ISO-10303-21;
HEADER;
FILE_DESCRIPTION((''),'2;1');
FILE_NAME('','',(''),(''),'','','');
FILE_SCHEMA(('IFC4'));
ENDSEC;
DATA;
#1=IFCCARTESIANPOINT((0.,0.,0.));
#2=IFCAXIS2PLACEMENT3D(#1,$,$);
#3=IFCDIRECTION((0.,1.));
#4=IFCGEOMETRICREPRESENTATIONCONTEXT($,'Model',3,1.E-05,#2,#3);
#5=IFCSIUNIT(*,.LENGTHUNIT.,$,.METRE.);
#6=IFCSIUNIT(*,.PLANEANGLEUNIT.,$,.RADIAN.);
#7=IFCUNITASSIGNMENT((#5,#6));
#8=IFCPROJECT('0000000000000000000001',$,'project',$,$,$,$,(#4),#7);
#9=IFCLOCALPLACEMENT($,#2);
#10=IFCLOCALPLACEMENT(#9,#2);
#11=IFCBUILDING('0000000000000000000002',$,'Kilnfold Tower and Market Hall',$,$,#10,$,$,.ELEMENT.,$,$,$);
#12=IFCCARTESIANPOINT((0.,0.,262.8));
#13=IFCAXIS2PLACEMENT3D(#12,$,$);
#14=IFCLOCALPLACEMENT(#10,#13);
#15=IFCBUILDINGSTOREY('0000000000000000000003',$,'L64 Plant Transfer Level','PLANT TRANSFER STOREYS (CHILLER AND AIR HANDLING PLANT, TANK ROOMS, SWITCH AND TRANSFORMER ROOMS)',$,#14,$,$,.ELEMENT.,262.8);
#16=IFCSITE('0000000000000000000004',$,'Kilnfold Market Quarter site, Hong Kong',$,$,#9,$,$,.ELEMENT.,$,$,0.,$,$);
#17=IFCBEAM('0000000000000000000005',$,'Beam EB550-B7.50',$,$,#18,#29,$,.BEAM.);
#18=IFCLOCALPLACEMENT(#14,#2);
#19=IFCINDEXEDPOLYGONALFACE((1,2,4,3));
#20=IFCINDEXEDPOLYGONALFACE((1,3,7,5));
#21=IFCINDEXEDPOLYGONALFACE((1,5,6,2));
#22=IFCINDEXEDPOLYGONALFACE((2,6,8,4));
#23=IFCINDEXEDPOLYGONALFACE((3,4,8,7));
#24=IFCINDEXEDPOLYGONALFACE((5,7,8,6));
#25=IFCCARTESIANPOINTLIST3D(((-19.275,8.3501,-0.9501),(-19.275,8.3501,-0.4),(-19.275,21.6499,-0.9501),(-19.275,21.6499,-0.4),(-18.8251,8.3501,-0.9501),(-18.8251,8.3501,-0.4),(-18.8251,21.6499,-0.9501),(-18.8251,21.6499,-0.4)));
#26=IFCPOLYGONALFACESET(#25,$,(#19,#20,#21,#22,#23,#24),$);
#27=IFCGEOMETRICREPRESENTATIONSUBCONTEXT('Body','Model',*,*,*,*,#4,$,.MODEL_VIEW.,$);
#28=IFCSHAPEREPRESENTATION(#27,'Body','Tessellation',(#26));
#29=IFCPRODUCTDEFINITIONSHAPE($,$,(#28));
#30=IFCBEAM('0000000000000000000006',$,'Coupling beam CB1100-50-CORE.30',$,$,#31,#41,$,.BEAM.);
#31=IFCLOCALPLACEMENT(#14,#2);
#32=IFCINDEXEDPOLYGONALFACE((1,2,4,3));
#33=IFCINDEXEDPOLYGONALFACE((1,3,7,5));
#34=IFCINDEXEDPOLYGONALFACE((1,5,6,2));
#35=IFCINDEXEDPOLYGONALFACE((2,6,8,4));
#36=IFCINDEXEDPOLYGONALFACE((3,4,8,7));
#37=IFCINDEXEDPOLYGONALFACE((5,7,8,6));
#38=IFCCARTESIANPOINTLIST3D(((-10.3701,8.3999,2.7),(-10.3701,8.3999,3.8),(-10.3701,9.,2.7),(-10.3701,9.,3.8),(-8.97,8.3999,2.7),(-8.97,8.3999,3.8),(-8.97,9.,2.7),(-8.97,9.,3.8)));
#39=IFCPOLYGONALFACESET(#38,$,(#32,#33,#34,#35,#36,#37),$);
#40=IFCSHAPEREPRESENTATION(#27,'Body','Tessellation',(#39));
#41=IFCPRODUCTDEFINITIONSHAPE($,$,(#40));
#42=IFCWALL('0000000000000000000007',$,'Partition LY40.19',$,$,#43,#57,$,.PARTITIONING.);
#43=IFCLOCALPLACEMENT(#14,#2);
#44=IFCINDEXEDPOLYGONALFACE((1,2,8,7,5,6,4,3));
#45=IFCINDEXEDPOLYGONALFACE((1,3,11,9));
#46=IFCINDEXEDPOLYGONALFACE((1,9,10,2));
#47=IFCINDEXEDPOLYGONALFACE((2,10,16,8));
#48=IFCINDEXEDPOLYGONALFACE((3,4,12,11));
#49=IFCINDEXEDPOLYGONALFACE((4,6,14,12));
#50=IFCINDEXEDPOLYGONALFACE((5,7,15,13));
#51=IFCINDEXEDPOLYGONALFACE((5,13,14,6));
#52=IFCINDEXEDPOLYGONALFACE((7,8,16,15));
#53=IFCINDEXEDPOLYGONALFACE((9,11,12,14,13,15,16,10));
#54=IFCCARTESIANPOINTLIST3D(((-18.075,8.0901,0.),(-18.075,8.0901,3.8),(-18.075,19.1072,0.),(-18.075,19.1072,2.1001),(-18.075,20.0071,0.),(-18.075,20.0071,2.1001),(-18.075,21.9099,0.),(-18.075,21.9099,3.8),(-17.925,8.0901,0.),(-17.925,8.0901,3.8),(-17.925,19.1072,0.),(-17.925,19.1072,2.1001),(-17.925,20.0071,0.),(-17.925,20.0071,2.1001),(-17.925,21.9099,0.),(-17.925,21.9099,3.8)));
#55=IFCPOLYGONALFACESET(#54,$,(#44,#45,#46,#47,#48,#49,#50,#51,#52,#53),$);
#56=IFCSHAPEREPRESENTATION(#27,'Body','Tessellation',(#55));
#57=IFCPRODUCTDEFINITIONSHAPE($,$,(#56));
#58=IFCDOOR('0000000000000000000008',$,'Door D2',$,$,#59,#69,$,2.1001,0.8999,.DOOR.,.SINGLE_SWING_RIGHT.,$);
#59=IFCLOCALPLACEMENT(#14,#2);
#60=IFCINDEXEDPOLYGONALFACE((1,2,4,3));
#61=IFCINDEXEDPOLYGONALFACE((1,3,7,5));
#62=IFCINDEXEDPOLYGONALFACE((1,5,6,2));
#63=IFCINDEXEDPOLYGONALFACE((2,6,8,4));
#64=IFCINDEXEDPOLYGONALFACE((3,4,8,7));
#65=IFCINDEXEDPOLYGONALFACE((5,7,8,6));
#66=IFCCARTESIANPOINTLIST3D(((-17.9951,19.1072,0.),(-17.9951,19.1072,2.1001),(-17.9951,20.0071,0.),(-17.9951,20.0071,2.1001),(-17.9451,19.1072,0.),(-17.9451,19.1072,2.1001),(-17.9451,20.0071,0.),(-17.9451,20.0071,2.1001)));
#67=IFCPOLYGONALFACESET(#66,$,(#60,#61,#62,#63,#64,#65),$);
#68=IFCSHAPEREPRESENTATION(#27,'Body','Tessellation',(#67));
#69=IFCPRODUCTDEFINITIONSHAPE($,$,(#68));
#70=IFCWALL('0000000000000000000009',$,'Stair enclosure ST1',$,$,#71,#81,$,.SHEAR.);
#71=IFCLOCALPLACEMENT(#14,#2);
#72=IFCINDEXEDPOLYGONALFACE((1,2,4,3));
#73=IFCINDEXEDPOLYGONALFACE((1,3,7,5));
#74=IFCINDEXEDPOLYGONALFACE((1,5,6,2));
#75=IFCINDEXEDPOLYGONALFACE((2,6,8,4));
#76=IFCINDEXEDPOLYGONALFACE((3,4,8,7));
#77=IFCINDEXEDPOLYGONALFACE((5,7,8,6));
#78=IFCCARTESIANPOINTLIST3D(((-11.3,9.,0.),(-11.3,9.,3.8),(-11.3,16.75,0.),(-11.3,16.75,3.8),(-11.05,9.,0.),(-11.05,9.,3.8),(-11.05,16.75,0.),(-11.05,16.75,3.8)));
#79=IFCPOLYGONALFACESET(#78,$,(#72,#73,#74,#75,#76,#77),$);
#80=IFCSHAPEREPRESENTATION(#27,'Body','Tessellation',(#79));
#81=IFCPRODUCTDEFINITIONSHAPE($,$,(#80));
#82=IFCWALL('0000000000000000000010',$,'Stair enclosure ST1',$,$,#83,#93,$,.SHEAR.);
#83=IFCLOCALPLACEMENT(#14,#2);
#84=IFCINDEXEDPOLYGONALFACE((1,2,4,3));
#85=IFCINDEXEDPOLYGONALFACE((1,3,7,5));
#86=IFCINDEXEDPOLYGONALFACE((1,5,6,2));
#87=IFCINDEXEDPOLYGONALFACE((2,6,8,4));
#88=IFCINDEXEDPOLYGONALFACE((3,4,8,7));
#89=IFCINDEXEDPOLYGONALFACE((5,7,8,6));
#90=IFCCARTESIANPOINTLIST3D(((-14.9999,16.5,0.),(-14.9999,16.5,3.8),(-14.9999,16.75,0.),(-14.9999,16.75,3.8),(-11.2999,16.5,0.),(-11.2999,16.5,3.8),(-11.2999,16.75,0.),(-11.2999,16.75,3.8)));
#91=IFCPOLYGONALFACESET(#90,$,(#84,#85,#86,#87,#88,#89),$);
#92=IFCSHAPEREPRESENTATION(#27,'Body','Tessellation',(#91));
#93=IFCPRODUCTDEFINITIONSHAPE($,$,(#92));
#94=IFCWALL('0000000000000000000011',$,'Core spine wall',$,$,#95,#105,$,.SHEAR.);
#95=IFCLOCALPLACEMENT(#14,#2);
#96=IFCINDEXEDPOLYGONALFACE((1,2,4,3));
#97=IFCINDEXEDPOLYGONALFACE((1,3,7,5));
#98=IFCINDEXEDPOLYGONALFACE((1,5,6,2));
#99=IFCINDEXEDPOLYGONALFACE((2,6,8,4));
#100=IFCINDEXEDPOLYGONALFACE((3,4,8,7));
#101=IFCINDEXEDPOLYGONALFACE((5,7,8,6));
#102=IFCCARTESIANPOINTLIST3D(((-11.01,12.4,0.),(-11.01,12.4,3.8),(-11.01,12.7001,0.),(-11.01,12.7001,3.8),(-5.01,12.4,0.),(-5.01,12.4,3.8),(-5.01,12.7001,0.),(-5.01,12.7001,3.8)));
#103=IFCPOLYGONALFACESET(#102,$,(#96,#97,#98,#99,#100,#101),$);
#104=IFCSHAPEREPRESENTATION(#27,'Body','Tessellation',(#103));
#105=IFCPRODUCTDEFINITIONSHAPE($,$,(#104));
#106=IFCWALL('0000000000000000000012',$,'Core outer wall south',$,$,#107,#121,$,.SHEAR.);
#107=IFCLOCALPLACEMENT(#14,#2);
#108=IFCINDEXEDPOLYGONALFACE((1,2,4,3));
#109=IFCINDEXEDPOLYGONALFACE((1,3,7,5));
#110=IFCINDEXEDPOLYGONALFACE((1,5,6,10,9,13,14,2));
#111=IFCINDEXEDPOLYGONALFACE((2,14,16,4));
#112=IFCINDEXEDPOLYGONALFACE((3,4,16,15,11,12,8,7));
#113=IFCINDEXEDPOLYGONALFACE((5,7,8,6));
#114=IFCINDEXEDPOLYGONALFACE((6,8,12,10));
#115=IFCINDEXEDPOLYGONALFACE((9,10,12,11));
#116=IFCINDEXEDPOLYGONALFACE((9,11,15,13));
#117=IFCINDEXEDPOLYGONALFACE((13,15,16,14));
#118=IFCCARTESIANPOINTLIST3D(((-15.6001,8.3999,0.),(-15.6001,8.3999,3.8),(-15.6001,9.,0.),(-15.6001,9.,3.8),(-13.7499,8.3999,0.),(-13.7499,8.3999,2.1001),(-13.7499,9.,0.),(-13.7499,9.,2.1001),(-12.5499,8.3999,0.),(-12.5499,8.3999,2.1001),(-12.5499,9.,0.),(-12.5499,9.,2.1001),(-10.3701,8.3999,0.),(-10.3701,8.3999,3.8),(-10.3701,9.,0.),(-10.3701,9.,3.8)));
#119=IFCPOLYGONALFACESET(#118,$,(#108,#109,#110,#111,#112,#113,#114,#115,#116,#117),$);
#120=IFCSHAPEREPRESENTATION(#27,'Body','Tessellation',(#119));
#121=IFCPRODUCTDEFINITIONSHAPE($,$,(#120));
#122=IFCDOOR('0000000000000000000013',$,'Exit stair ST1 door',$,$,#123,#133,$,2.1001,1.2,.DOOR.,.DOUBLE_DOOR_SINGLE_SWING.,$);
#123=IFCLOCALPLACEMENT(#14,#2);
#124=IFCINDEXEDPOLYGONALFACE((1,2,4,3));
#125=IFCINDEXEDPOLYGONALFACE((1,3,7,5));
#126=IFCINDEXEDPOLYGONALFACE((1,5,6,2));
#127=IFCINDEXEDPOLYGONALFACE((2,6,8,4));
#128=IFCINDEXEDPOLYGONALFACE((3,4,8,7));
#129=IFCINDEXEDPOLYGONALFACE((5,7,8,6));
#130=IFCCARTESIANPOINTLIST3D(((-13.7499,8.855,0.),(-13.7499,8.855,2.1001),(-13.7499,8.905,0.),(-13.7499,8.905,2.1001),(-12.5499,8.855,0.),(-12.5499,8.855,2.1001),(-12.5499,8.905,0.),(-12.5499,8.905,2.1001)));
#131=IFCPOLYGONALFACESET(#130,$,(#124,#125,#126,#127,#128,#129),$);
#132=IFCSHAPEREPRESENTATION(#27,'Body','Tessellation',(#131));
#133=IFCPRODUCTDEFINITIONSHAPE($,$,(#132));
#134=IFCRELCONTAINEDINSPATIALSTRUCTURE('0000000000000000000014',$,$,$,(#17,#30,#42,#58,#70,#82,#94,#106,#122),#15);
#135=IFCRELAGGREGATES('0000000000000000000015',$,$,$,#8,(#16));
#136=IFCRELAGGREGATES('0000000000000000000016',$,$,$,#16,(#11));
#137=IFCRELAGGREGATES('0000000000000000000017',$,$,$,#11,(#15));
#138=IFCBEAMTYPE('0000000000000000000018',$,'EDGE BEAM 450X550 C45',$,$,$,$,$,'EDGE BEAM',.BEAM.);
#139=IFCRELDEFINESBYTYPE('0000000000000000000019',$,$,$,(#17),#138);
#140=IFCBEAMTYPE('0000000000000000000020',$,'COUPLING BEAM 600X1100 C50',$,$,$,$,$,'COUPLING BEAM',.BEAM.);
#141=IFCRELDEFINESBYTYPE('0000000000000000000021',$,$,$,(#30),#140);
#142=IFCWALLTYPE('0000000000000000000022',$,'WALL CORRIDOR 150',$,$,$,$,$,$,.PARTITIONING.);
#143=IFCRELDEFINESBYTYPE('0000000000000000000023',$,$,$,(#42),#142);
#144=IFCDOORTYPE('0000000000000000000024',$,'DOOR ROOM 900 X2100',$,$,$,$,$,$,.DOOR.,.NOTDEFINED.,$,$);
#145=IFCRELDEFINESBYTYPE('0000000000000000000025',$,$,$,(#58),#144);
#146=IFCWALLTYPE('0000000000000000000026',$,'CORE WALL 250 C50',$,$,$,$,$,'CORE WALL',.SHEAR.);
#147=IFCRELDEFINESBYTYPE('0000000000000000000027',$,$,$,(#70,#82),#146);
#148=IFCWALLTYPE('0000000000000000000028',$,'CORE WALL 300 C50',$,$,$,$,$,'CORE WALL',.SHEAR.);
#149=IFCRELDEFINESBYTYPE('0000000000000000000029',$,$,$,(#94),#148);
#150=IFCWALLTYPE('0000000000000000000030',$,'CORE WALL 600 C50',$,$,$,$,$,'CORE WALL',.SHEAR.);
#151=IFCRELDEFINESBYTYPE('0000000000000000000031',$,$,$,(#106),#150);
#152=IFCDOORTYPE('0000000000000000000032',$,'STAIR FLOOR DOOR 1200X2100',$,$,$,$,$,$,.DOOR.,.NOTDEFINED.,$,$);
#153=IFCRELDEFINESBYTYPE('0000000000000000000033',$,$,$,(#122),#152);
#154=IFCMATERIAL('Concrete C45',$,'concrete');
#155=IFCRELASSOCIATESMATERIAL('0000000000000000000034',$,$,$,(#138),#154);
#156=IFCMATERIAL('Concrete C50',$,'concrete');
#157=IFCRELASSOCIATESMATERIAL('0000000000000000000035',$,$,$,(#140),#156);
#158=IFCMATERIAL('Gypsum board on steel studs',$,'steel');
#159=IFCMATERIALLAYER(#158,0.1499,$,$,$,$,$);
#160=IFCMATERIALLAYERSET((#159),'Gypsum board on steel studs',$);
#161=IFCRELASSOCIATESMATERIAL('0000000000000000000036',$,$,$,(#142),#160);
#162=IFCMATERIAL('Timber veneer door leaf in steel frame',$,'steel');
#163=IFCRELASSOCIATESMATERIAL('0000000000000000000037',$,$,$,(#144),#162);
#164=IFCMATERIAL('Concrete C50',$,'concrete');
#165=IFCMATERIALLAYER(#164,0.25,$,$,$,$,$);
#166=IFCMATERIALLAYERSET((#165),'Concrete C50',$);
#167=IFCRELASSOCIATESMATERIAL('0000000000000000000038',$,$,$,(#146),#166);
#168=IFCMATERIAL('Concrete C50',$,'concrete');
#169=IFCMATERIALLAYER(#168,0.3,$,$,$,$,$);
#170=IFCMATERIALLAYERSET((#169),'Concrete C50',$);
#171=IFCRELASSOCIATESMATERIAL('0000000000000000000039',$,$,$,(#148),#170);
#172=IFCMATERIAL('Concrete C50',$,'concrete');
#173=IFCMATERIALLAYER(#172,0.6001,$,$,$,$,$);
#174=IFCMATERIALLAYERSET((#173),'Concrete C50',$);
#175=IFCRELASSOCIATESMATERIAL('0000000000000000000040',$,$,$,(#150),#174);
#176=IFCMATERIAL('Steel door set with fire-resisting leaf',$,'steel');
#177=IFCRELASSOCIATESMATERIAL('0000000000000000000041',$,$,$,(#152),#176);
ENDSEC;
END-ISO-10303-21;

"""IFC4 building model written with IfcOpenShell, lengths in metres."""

from ifc_helpers import new_model, si_unit, direction, frame, frame_2d, origin, origin_2d, place, context, subcontext, project, spatial, rectangle, extrude, source, transform, mapped, material, layer, layer_set, material_profile, profile_set, type_object, element, fill, save


model = new_model("IFC4")

# Units and contexts
model_context = context("Model", 3, precision=1e-05, world=origin(), true_north=direction((0.0, 1.0)))
body_context = subcontext(model_context, "Body", "Model", "MODEL_VIEW")
ifc_project = project(units=[si_unit("LENGTHUNIT", "METRE"), si_unit("PLANEANGLEUNIT", "RADIAN")], contexts=[model_context])

# Site, building, storey
site_placement = place(None, origin())
site = spatial("IfcSite", under=ifc_project, at=site_placement, Name="Kilnfold Market Quarter site, Hong Kong", CompositionType="ELEMENT", RefElevation=0.0)
building_placement = place(site_placement, origin())
building = spatial("IfcBuilding", under=site, at=building_placement, Name="Kilnfold Tower and Market Hall", CompositionType="ELEMENT")
storey_placement = place(building_placement, frame((0.0, 0.0, 262.8)))
storey = spatial("IfcBuildingStorey", under=building, at=storey_placement, Name="L64 Plant Transfer Level", Description="PLANT TRANSFER STOREYS (CHILLER AND AIR HANDLING PLANT, TANK ROOMS, SWITCH AND TRANSFORMER ROOMS)", CompositionType="ELEMENT", Elevation=262.8)

# Beams
ifc_material_1 = material(Name="Concrete C45", Category="concrete")
ifc_material_profile_1 = material_profile(ifc_material_1, rectangle(XDim=0.45, YDim=0.55, at=origin_2d()), Name="RC 450x550")
ifc_profile_set_1 = profile_set([ifc_material_profile_1], Name="Concrete C45")
beam_type_1 = type_object("IfcBeamType", Name="EDGE BEAM 450X550 C45", ElementType="EDGE BEAM", PredefinedType="BEAM", material=ifc_profile_set_1)
shared_shape_1 = source(origin(), body_context, "Body", "SweptSolid", [
    extrude(rectangle(XDim=0.45, YDim=0.55, at=origin_2d()), origin(), (0.0, 0.0, 1.0), 13.2998),
])
beam_1_placement = place(storey_placement, frame((-19.05, 8.3501, -0.675), z_axis=(0.0, 1.0, 0.0), x_axis=(-1.0, 0.0, 0.0)))
element("IfcBeam", 1, at=beam_1_placement, inside=storey, type_object=beam_type_1, Name="Beam EB550-B7.50", PredefinedType="BEAM", context=body_context, shape_type="MappedRepresentation", body=[
    mapped(shared_shape_1, transform((0.0, 0.0, 0.0))),
])
ifc_material_2 = material(Name="Concrete C50", Category="concrete")
ifc_material_profile_2 = material_profile(ifc_material_2, rectangle(XDim=0.6001, YDim=1.1001, at=origin_2d()), Name="RC 600x1100")
ifc_profile_set_2 = profile_set([ifc_material_profile_2], Name="Concrete C50")
beam_type_2 = type_object("IfcBeamType", Name="COUPLING BEAM 600X1100 C50", ElementType="COUPLING BEAM", PredefinedType="BEAM", material=ifc_profile_set_2)
shared_shape_2 = source(origin(), body_context, "Body", "SweptSolid", [
    extrude(rectangle(XDim=0.6001, YDim=1.1001, at=origin_2d()), origin(), (0.0, 0.0, 1.0), 1.4001),
])
beam_2_placement = place(storey_placement, frame((-10.3701, 8.7, 3.25), z_axis=(1.0, 0.0, 0.0), x_axis=(0.0, 1.0, 0.0)))
element("IfcBeam", 2, at=beam_2_placement, inside=storey, type_object=beam_type_2, Name="Coupling beam CB1100-50-CORE.30", PredefinedType="BEAM", context=body_context, shape_type="MappedRepresentation", body=[
    mapped(shared_shape_2, transform((0.0, 0.0, 0.0))),
])

# Wall, opening, door
ifc_material_3 = material(Name="Gypsum board on steel studs", Category="steel")
ifc_layer_1 = layer(ifc_material_3, 0.1499)
ifc_layer_set_1 = layer_set([ifc_layer_1], Name="Gypsum board on steel studs")
wall_type_1 = type_object("IfcWallType", Name="WALL CORRIDOR 150", PredefinedType="PARTITIONING", material=ifc_layer_set_1)
wall_1_placement = place(storey_placement, frame((-18.0, 8.0901, 0.0), z_axis=(0.0, 0.0, 1.0), x_axis=(0.0, 1.0, 0.0)))
wall_1 = element("IfcWall", 3, at=wall_1_placement, inside=storey, type_object=wall_type_1, Name="Partition LY40.19", PredefinedType="PARTITIONING", context=body_context, shape_type="SweptSolid", body=[
    extrude(rectangle(XDim=13.8198, YDim=0.1499, at=frame_2d((6.9099, 0.0))), origin(), (0.0, 0.0, 1.0), 3.8),
])
opening_1_placement = place(wall_1_placement, frame((11.0171, 0.0, 0.0)))
opening_1 = element("IfcOpeningElement", 4, at=opening_1_placement, cuts=wall_1, PredefinedType="OPENING", context=body_context, shape_type="SweptSolid", body=[
    extrude(rectangle(XDim=0.8999, YDim=2.1001, at=frame_2d((0.45, 1.05))), frame((0.0, 0.085, 0.0), z_axis=(0.0, -1.0, 0.0), x_axis=(1.0, 0.0, 0.0)), (0.0, 0.0, 1.0), 0.1699),
])
ifc_material_4 = material(Name="Timber veneer door leaf in steel frame", Category="steel")
door_type_1 = type_object("IfcDoorType", Name="DOOR ROOM 900 X2100", OperationType="NOTDEFINED", PredefinedType="DOOR", material=ifc_material_4)
door_1_placement = place(opening_1_placement, origin())
door_1 = element("IfcDoor", 5, at=door_1_placement, inside=storey, type_object=door_type_1, Name="Door D2", OperationType="SINGLE_SWING_RIGHT", OverallHeight=2.1001, OverallWidth=0.8999, PredefinedType="DOOR", context=body_context, shape_type="SweptSolid", body=[
    extrude(rectangle(XDim=0.8999, YDim=2.1001, at=frame_2d((0.45, 1.05))), frame((0.0, -0.0049, 0.0), z_axis=(0.0, -1.0, 0.0), x_axis=(1.0, 0.0, 0.0)), (0.0, 0.0, 1.0), 0.05),
])
fill(opening_1, door_1)

# Walls
ifc_material_5 = material(Name="Concrete C50", Category="concrete")
ifc_layer_2 = layer(ifc_material_5, 0.25)
ifc_layer_set_2 = layer_set([ifc_layer_2], Name="Concrete C50")
wall_type_2 = type_object("IfcWallType", Name="CORE WALL 250 C50", ElementType="CORE WALL", PredefinedType="SHEAR", material=ifc_layer_set_2)
shared_shape_3 = source(origin(), body_context, "Body", "SweptSolid", [
    extrude(rectangle(XDim=7.75, YDim=0.25, at=frame_2d((3.875, 0.0))), origin(), (0.0, 0.0, 1.0), 3.8),
])
wall_2_placement = place(storey_placement, frame((-11.175, 9.0, 0.0), z_axis=(0.0, 0.0, 1.0), x_axis=(0.0, 1.0, 0.0)))
element("IfcWall", 6, at=wall_2_placement, inside=storey, type_object=wall_type_2, Name="Stair enclosure ST1", PredefinedType="SHEAR", context=body_context, shape_type="MappedRepresentation", body=[
    mapped(shared_shape_3, transform((0.0, 0.0, 0.0))),
])
shared_shape_4 = source(origin(), body_context, "Body", "SweptSolid", [
    extrude(rectangle(XDim=3.7, YDim=0.25, at=frame_2d((1.8501, 0.0))), origin(), (0.0, 0.0, 1.0), 3.8),
])
wall_3_placement = place(storey_placement, frame((-15.0, 16.625, 0.0), z_axis=(0.0, 0.0, 1.0), x_axis=(1.0, 0.0, 0.0)))
element("IfcWall", 7, at=wall_3_placement, inside=storey, type_object=wall_type_2, Name="Stair enclosure ST1", PredefinedType="SHEAR", context=body_context, shape_type="MappedRepresentation", body=[
    mapped(shared_shape_4, transform((0.0, 0.0, 0.0))),
])
ifc_material_6 = material(Name="Concrete C50", Category="concrete")
ifc_layer_3 = layer(ifc_material_6, 0.3)
ifc_layer_set_3 = layer_set([ifc_layer_3], Name="Concrete C50")
wall_type_3 = type_object("IfcWallType", Name="CORE WALL 300 C50", ElementType="CORE WALL", PredefinedType="SHEAR", material=ifc_layer_set_3)
shared_shape_5 = source(origin(), body_context, "Body", "SweptSolid", [
    extrude(rectangle(XDim=6.0, YDim=0.3, at=frame_2d((3.0, 0.0))), origin(), (0.0, 0.0, 1.0), 3.8),
])
wall_4_placement = place(storey_placement, frame((-11.01, 12.55, 0.0), z_axis=(0.0, 0.0, 1.0), x_axis=(1.0, 0.0, 0.0)))
element("IfcWall", 8, at=wall_4_placement, inside=storey, type_object=wall_type_3, Name="Core spine wall", PredefinedType="SHEAR", context=body_context, shape_type="MappedRepresentation", body=[
    mapped(shared_shape_5, transform((0.0, 0.0, 0.0))),
])

# Wall, opening, door
ifc_material_7 = material(Name="Concrete C50", Category="concrete")
ifc_layer_4 = layer(ifc_material_7, 0.6001)
ifc_layer_set_4 = layer_set([ifc_layer_4], Name="Concrete C50")
wall_type_4 = type_object("IfcWallType", Name="CORE WALL 600 C50", ElementType="CORE WALL", PredefinedType="SHEAR", material=ifc_layer_set_4)
shared_shape_6 = source(origin(), body_context, "Body", "SweptSolid", [
    extrude(rectangle(XDim=5.23, YDim=0.6001, at=frame_2d((2.615, 0.0))), origin(), (0.0, 0.0, 1.0), 3.8),
])
wall_5_placement = place(storey_placement, frame((-15.6001, 8.7, 0.0), z_axis=(0.0, 0.0, 1.0), x_axis=(1.0, 0.0, 0.0)))
wall_5 = element("IfcWall", 9, at=wall_5_placement, inside=storey, type_object=wall_type_4, Name="Core outer wall south", PredefinedType="SHEAR", context=body_context, shape_type="MappedRepresentation", body=[
    mapped(shared_shape_6, transform((0.0, 0.0, 0.0))),
])
opening_2_placement = place(wall_5_placement, frame((1.8501, 0.0, 0.0)))
opening_2 = element("IfcOpeningElement", 10, at=opening_2_placement, cuts=wall_5, PredefinedType="OPENING", context=body_context, shape_type="SweptSolid", body=[
    extrude(rectangle(XDim=1.2, YDim=2.1001, at=frame_2d((0.6001, 1.05))), frame((0.0, 0.3101, 0.0), z_axis=(0.0, -1.0, 0.0), x_axis=(1.0, 0.0, 0.0)), (0.0, 0.0, 1.0), 0.6201),
])
ifc_material_8 = material(Name="Steel door set with fire-resisting leaf", Category="steel")
door_type_2 = type_object("IfcDoorType", Name="STAIR FLOOR DOOR 1200X2100", OperationType="NOTDEFINED", PredefinedType="DOOR", material=ifc_material_8)
door_2_placement = place(opening_2_placement, origin())
door_2 = element("IfcDoor", 11, at=door_2_placement, inside=storey, type_object=door_type_2, Name="Exit stair ST1 door", OperationType="DOUBLE_DOOR_SINGLE_SWING", OverallHeight=2.1001, OverallWidth=1.2, PredefinedType="DOOR", context=body_context, shape_type="SweptSolid", body=[
    extrude(rectangle(XDim=1.2, YDim=2.1001, at=frame_2d((0.6001, 1.05))), frame((0.0, 0.2051, 0.0), z_axis=(0.0, -1.0, 0.0), x_axis=(1.0, 0.0, 0.0)), (0.0, 0.0, 1.0), 0.05),
])
fill(opening_2, door_2)

save(model, "model.ifc")
